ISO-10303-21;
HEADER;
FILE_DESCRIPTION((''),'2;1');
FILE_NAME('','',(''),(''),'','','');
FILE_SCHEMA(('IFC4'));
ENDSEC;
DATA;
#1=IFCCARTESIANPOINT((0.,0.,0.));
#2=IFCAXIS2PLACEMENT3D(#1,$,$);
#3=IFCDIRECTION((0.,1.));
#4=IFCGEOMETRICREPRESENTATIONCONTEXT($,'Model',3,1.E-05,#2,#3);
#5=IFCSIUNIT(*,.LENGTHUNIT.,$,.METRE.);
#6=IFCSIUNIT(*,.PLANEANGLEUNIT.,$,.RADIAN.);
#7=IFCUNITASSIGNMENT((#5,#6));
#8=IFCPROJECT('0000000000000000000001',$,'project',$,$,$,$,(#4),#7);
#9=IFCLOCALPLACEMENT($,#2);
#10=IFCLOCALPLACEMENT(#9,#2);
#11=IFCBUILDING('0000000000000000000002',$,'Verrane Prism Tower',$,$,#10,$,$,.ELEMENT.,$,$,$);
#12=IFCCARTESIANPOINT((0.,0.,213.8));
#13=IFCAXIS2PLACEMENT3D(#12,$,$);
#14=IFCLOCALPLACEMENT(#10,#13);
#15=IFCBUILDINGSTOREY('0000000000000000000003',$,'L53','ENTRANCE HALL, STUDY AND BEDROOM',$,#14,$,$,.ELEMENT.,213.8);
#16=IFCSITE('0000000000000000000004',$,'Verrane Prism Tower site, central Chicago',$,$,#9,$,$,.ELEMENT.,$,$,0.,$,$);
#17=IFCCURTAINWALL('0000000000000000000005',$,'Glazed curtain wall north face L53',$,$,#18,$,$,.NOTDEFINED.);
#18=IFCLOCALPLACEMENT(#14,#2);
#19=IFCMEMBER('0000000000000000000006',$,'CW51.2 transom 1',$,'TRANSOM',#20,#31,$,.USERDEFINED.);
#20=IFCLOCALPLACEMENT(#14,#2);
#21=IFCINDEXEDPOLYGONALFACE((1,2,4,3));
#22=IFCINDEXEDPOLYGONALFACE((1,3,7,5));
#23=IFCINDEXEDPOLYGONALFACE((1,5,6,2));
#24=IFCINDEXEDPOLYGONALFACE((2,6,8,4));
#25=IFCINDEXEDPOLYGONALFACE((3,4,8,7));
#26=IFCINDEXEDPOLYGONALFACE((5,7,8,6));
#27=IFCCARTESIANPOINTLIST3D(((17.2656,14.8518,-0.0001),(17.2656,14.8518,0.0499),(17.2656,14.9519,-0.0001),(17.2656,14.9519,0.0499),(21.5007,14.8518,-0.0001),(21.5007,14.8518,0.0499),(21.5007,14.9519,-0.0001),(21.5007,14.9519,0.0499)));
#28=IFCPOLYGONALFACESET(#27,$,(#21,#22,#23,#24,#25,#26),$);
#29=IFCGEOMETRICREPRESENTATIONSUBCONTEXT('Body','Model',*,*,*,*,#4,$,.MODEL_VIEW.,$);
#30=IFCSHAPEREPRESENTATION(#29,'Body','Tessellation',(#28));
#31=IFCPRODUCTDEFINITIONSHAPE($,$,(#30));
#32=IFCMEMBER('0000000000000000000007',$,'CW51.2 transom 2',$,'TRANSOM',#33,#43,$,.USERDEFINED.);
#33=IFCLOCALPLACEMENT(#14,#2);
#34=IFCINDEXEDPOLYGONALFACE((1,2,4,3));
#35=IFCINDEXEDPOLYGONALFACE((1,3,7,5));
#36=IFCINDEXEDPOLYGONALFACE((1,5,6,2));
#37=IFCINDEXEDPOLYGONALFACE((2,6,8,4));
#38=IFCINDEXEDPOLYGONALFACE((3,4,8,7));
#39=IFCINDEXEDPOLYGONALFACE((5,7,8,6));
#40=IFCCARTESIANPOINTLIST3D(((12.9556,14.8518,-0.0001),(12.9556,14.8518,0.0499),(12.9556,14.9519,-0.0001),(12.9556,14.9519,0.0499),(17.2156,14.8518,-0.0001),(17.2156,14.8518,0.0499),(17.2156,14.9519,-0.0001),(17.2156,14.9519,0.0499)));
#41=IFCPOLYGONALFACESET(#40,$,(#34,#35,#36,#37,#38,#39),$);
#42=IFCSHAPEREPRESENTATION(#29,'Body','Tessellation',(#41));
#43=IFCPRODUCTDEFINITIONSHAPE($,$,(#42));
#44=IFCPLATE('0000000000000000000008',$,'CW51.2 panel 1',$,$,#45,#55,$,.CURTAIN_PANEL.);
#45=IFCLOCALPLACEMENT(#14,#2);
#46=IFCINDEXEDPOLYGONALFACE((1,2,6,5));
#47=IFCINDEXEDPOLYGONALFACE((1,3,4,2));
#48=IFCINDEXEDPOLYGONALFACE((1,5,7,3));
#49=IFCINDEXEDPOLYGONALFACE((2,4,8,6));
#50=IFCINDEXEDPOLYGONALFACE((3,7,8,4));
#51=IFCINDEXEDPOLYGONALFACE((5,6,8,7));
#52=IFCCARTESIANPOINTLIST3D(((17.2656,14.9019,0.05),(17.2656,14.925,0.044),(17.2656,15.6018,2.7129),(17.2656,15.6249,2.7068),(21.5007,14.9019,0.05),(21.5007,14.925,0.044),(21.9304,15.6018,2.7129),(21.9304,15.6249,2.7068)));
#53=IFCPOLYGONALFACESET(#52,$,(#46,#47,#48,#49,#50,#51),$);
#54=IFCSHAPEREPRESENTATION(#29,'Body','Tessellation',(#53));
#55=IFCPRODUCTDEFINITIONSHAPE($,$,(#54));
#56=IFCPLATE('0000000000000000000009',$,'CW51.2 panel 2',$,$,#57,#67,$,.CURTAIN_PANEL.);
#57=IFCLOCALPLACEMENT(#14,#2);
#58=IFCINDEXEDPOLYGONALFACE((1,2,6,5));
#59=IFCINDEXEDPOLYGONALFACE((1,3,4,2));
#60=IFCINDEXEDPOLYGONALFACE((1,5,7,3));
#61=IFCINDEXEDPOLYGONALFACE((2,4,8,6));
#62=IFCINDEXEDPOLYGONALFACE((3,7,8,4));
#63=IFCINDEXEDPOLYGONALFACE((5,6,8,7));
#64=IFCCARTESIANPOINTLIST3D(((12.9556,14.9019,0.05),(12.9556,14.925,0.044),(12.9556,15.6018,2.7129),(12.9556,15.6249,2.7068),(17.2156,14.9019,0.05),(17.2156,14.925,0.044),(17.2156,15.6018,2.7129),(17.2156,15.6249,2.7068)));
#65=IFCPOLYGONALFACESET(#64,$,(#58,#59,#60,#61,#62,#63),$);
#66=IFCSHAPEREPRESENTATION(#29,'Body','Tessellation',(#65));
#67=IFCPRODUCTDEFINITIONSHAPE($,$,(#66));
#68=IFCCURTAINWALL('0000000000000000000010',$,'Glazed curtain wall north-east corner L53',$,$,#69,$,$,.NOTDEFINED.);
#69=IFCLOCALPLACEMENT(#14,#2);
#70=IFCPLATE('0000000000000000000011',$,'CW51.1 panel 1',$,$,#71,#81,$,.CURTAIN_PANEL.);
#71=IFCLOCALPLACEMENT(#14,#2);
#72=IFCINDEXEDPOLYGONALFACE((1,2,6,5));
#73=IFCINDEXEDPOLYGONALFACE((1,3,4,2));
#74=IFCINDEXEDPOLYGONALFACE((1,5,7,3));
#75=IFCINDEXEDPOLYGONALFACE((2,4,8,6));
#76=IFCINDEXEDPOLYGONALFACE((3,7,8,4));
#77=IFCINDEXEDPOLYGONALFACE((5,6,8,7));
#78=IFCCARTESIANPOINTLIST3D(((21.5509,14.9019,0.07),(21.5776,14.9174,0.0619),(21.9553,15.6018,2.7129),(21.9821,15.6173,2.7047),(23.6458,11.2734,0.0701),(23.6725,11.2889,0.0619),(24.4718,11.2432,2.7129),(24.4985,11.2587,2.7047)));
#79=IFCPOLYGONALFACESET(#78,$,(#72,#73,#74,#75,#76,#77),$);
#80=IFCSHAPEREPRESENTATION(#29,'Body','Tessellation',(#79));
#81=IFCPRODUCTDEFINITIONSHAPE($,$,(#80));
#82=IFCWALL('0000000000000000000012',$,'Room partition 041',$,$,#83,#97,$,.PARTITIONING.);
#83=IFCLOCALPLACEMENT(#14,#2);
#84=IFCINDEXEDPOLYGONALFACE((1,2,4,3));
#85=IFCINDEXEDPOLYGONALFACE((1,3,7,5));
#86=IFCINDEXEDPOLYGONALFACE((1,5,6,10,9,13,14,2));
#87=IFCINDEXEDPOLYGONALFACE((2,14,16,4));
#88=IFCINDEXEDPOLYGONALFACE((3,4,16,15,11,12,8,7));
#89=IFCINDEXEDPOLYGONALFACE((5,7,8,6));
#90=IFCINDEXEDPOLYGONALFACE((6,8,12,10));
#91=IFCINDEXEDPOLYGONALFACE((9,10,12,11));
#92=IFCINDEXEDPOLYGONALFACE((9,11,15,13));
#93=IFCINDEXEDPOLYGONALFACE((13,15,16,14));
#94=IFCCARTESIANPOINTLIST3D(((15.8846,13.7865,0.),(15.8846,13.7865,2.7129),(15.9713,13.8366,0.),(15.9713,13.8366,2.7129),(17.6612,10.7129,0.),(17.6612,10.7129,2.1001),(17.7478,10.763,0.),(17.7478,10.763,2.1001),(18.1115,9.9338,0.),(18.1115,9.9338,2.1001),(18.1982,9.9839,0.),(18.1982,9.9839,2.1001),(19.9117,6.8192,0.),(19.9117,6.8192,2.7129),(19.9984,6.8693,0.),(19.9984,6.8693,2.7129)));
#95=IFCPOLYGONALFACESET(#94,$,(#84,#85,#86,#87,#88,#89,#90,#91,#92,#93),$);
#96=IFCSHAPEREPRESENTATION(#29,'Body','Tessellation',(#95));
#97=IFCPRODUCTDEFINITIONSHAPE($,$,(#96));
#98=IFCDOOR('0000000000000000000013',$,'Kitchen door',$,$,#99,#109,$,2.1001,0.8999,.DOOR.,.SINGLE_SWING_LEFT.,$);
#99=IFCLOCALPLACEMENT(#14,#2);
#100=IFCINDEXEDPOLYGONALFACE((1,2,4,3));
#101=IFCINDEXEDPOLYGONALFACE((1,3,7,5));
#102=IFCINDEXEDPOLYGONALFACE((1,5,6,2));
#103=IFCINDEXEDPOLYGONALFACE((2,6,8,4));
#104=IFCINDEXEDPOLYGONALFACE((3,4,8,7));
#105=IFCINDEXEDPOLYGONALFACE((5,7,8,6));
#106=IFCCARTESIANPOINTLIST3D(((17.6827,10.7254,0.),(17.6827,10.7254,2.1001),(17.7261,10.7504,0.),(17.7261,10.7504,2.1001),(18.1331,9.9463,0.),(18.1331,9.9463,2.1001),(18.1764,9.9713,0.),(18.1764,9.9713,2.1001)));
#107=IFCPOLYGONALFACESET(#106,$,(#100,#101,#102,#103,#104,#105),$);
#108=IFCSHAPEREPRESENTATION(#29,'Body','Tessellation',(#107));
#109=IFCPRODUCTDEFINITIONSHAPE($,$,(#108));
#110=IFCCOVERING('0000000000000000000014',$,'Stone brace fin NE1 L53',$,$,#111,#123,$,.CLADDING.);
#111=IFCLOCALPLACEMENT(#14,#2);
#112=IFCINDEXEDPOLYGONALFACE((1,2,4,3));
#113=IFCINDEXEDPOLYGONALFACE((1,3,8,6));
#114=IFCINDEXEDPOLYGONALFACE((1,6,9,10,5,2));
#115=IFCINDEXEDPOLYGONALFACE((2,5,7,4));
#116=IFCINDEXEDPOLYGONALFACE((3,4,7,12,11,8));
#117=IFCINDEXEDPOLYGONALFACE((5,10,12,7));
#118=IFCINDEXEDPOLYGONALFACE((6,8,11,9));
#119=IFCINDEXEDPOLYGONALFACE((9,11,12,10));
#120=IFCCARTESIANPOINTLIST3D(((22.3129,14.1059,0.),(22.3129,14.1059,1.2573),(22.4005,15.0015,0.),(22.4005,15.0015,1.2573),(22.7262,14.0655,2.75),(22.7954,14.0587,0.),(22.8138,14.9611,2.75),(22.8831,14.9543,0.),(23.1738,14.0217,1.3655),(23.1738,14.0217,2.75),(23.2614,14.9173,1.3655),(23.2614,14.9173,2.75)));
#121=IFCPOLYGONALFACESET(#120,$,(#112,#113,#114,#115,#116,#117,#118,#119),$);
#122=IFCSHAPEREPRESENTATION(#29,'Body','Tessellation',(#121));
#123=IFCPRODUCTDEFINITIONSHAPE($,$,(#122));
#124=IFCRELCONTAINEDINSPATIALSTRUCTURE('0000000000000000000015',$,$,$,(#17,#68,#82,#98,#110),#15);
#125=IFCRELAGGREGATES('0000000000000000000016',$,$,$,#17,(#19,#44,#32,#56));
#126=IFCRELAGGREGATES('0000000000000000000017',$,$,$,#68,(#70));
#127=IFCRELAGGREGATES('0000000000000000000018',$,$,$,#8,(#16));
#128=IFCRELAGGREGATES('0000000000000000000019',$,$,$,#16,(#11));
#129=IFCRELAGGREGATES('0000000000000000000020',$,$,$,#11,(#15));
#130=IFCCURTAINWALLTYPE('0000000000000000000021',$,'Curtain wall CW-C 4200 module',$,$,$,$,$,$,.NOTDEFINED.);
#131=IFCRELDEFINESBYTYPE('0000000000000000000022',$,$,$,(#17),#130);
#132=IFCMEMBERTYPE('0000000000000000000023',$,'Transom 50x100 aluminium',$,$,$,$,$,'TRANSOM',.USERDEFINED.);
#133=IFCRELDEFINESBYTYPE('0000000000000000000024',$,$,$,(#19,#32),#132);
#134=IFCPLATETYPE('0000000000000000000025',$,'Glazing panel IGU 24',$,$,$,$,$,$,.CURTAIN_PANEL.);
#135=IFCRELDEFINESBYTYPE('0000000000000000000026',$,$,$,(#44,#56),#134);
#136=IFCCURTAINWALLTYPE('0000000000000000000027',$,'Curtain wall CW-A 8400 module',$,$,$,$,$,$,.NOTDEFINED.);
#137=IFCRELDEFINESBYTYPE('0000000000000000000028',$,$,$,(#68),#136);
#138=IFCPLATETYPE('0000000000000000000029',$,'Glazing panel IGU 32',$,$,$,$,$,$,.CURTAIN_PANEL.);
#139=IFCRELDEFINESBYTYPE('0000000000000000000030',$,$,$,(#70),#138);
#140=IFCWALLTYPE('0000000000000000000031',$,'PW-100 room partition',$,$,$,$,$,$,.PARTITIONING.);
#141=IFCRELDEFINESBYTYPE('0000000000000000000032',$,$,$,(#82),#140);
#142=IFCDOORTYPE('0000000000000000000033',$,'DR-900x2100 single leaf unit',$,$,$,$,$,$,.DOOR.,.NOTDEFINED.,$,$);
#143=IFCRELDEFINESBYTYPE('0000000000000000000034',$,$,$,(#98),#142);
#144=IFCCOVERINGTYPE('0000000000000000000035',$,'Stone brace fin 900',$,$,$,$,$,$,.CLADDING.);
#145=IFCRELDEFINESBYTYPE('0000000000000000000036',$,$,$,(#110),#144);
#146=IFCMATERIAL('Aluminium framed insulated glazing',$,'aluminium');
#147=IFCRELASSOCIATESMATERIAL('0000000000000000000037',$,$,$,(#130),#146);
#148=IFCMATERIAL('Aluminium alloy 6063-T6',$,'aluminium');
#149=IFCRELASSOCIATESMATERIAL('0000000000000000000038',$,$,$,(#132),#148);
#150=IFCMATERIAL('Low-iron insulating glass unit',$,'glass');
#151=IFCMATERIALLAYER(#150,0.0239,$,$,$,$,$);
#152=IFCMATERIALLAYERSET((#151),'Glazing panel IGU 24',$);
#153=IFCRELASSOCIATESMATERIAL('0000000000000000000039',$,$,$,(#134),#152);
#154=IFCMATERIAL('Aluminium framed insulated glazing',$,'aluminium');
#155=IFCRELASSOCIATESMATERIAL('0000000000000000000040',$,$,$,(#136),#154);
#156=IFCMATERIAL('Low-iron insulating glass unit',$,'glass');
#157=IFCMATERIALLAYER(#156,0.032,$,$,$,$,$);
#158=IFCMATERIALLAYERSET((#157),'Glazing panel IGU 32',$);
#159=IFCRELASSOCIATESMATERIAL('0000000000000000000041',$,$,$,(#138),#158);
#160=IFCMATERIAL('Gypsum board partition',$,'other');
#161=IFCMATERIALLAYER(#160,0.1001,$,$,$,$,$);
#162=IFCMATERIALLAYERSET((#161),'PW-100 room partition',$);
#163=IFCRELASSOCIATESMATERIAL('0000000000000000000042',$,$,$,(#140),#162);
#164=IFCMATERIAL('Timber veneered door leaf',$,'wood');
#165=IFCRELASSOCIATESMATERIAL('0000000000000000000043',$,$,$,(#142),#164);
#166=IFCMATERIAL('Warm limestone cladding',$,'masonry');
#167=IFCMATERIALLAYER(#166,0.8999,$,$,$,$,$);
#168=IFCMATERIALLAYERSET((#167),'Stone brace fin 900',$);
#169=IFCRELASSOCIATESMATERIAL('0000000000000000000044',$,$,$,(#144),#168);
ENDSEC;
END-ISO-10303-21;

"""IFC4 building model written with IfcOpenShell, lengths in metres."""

from ifc_helpers import new_model, si_unit, direction, frame, frame_2d, origin, origin_2d, place, context, subcontext, project, spatial, polyline, rectangle, outline, extrude, material, layer, layer_set, material_profile, profile_set, type_object, element, fill, aggregate, save


model = new_model("IFC4")

# Units and contexts
model_context = context("Model", 3, precision=1e-05, world=origin(), true_north=direction((0.0, 1.0)))
body_context = subcontext(model_context, "Body", "Model", "MODEL_VIEW")
ifc_project = project(units=[si_unit("LENGTHUNIT", "METRE"), si_unit("PLANEANGLEUNIT", "RADIAN")], contexts=[model_context])

# Site, building, storey
site_placement = place(None, origin())
site = spatial("IfcSite", under=ifc_project, at=site_placement, Name="Verrane Prism Tower site, central Chicago", CompositionType="ELEMENT", RefElevation=0.0)
building_placement = place(site_placement, origin())
building = spatial("IfcBuilding", under=site, at=building_placement, Name="Verrane Prism Tower", CompositionType="ELEMENT")
storey_placement = place(building_placement, frame((0.0, 0.0, 213.8)))
storey = spatial("IfcBuildingStorey", under=building, at=storey_placement, Name="L53", Description="ENTRANCE HALL, STUDY AND BEDROOM", CompositionType="ELEMENT", Elevation=213.8)

# Curtain wall
ifc_material_1 = material(Name="Aluminium framed insulated glazing", Category="aluminium")
curtain_wall_type_1 = type_object("IfcCurtainWallType", Name="Curtain wall CW-C 4200 module", PredefinedType="NOTDEFINED", material=ifc_material_1)
curtain_wall_1_placement = place(storey_placement, origin())
curtain_wall_1 = element("IfcCurtainWall", 1, at=curtain_wall_1_placement, inside=storey, type_object=curtain_wall_type_1, Name="Glazed curtain wall north face L53", PredefinedType="NOTDEFINED")

# Members
ifc_material_2 = material(Name="Aluminium alloy 6063-T6", Category="aluminium")
ifc_material_profile_1 = material_profile(ifc_material_2, rectangle(XDim=0.1001, YDim=0.05, at=origin_2d()), Name="Transom 50x100 aluminium")
ifc_profile_set_1 = profile_set([ifc_material_profile_1], Name="Aluminium alloy 6063-T6")
member_type_1 = type_object("IfcMemberType", Name="Transom 50x100 aluminium", ElementType="TRANSOM", PredefinedType="USERDEFINED", material=ifc_profile_set_1)
member_1_placement = place(storey_placement, frame((21.5007, 14.9019, 0.0249), z_axis=(-1.0, 0.0, 0.0), x_axis=(0.0, -1.0, 0.0)))
member_1 = element("IfcMember", 2, at=member_1_placement, type_object=member_type_1, Name="CW51.2 transom 1", ObjectType="TRANSOM", PredefinedType="USERDEFINED", context=body_context, shape_type="SweptSolid", body=[
    extrude(rectangle(XDim=0.1001, YDim=0.05, at=origin_2d()), origin(), (0.0, 0.0, 1.0), 4.2351),
])
member_2_placement = place(storey_placement, frame((17.2156, 14.9019, 0.0249), z_axis=(-1.0, 0.0, 0.0), x_axis=(0.0, -1.0, 0.0)))
member_2 = element("IfcMember", 3, at=member_2_placement, type_object=member_type_1, Name="CW51.2 transom 2", ObjectType="TRANSOM", PredefinedType="USERDEFINED", context=body_context, shape_type="SweptSolid", body=[
    extrude(rectangle(XDim=0.1001, YDim=0.05, at=origin_2d()), origin(), (0.0, 0.0, 1.0), 4.26),
])

# Plates
ifc_material_3 = material(Name="Low-iron insulating glass unit", Category="glass")
ifc_layer_1 = layer(ifc_material_3, 0.0239)
ifc_layer_set_1 = layer_set([ifc_layer_1], Name="Glazing panel IGU 24")
plate_type_1 = type_object("IfcPlateType", Name="Glazing panel IGU 24", PredefinedType="CURTAIN_PANEL", material=ifc_layer_set_1)
plate_1_placement = place(storey_placement, frame((21.5007, 14.9019, 0.05), z_axis=(0.0, -0.967146, 0.254223), x_axis=(-1.0, 0.0, 0.0)))
plate_1 = element("IfcPlate", 4, at=plate_1_placement, type_object=plate_type_1, Name="CW51.2 panel 1", PredefinedType="CURTAIN_PANEL", context=body_context, shape_type="SweptSolid", body=[
    extrude(outline(polyline([(0.0, 0.0), (4.2351, 0.0), (4.2351, -2.7533), (-0.4297, -2.7533), (0.0, 0.0)])), origin(), (0.0, 0.0, -1.0), 0.0239),
])
plate_2_placement = place(storey_placement, frame((17.2156, 14.9019, 0.05), z_axis=(0.0, -0.967146, 0.254223), x_axis=(-1.0, 0.0, 0.0)))
plate_2 = element("IfcPlate", 5, at=plate_2_placement, type_object=plate_type_1, Name="CW51.2 panel 2", PredefinedType="CURTAIN_PANEL", context=body_context, shape_type="SweptSolid", body=[
    extrude(outline(polyline([(0.0, 0.0), (4.26, 0.0), (4.26, -2.7533), (0.0, -2.7533), (0.0, 0.0)])), origin(), (0.0, 0.0, -1.0), 0.0239),
])
aggregate(curtain_wall_1, [member_1, plate_1, member_2, plate_2])

# Curtain wall, plate
ifc_material_4 = material(Name="Aluminium framed insulated glazing", Category="aluminium")
curtain_wall_type_2 = type_object("IfcCurtainWallType", Name="Curtain wall CW-A 8400 module", PredefinedType="NOTDEFINED", material=ifc_material_4)
curtain_wall_2_placement = place(storey_placement, origin())
curtain_wall_2 = element("IfcCurtainWall", 6, at=curtain_wall_2_placement, inside=storey, type_object=curtain_wall_type_2, Name="Glazed curtain wall north-east corner L53", PredefinedType="NOTDEFINED")
ifc_material_5 = material(Name="Low-iron insulating glass unit", Category="glass")
ifc_layer_2 = layer(ifc_material_5, 0.032)
ifc_layer_set_2 = layer_set([ifc_layer_2], Name="Glazing panel IGU 32")
plate_type_2 = type_object("IfcPlateType", Name="Glazing panel IGU 32", PredefinedType="CURTAIN_PANEL", material=ifc_layer_set_2)
plate_3_placement = place(storey_placement, frame((23.6458, 11.2734, 0.0701), z_axis=(-0.83714, -0.483323, 0.256117), x_axis=(-0.500001, 0.866025, -0.000005)))
plate_3 = element("IfcPlate", 7, at=plate_3_placement, type_object=plate_type_2, Name="CW51.1 panel 1", PredefinedType="CURTAIN_PANEL", context=body_context, shape_type="SweptSolid", body=[
    extrude(outline(polyline([(0.0, 0.0), (4.1898, 0.0), (4.5937, -2.734), (-0.4392, -2.734), (0.0, 0.0)])), origin(), (0.0, 0.0, -1.0), 0.032),
])
aggregate(curtain_wall_2, [plate_3])

# Wall, opening, door
ifc_material_6 = material(Name="Gypsum board partition", Category="other")
ifc_layer_3 = layer(ifc_material_6, 0.1001)
ifc_layer_set_3 = layer_set([ifc_layer_3], Name="PW-100 room partition")
wall_type = type_object("IfcWallType", Name="PW-100 room partition", PredefinedType="PARTITIONING", material=ifc_layer_set_3)
wall_placement = place(storey_placement, frame((15.928, 13.8115, 0.0), z_axis=(0.0, 0.0, 1.0), x_axis=(0.500423, -0.865781, 0.0)))
wall = element("IfcWall", 8, at=wall_placement, inside=storey, type_object=wall_type, Name="Room partition 041", PredefinedType="PARTITIONING", context=body_context, shape_type="SweptSolid", body=[
    extrude(rectangle(XDim=8.0474, YDim=0.1001, at=frame_2d((4.0237, 0.0))), origin(), (0.0, 0.0, 1.0), 2.7129),
])
opening_placement = place(wall_placement, frame((3.55, 0.0, 0.0)))
opening = element("IfcOpeningElement", 9, at=opening_placement, cuts=wall, PredefinedType="OPENING", context=body_context, shape_type="SweptSolid", body=[
    extrude(rectangle(XDim=0.8999, YDim=2.1001, at=frame_2d((0.45, 1.05))), frame((0.0, 0.0601, 0.0), z_axis=(0.0, -1.0, 0.0), x_axis=(1.0, 0.0, 0.0)), (0.0, 0.0, 1.0), 0.1201),
])
ifc_material_7 = material(Name="Timber veneered door leaf", Category="wood")
door_type = type_object("IfcDoorType", Name="DR-900x2100 single leaf unit", OperationType="NOTDEFINED", PredefinedType="DOOR", material=ifc_material_7)
door_placement = place(opening_placement, origin())
door = element("IfcDoor", 10, at=door_placement, inside=storey, type_object=door_type, Name="Kitchen door", OperationType="SINGLE_SWING_LEFT", OverallHeight=2.1001, OverallWidth=0.8999, PredefinedType="DOOR", context=body_context, shape_type="SweptSolid", body=[
    extrude(rectangle(XDim=0.8999, YDim=2.1001, at=frame_2d((0.45, 1.05))), frame((0.0, 0.0249, 0.0), z_axis=(0.0, -1.0, 0.0), x_axis=(1.0, 0.0, 0.0)), (0.0, 0.0, 1.0), 0.05),
])
fill(opening, door)

# Covering
ifc_material_8 = material(Name="Warm limestone cladding", Category="masonry")
ifc_layer_4 = layer(ifc_material_8, 0.8999)
ifc_layer_set_4 = layer_set([ifc_layer_4], Name="Stone brace fin 900")
covering_type = type_object("IfcCoveringType", Name="Stone brace fin 900", PredefinedType="CLADDING", material=ifc_layer_set_4)
covering_placement = place(storey_placement, frame((22.3567, 14.5537, 0.0), z_axis=(0.0, 0.0, 1.0), x_axis=(0.995247, -0.09738, 0.0)))
element("IfcCovering", 11, at=covering_placement, inside=storey, type_object=covering_type, Name="Stone brace fin NE1 L53", PredefinedType="CLADDING", context=body_context, shape_type="SweptSolid", body=[
    extrude(outline(polyline([(0.865, 2.75), (0.4153, 2.75), (0.0, 1.2573), (0.0, 0.0), (0.4849, 0.0), (0.865, 1.3655), (0.865, 2.75)])), frame((0.0, 0.45, 0.0), z_axis=(0.0, -1.0, 0.0), x_axis=(1.0, 0.0, 0.0)), (0.0, 0.0, 1.0), 0.8999),
])

save(model, "model.ifc")
